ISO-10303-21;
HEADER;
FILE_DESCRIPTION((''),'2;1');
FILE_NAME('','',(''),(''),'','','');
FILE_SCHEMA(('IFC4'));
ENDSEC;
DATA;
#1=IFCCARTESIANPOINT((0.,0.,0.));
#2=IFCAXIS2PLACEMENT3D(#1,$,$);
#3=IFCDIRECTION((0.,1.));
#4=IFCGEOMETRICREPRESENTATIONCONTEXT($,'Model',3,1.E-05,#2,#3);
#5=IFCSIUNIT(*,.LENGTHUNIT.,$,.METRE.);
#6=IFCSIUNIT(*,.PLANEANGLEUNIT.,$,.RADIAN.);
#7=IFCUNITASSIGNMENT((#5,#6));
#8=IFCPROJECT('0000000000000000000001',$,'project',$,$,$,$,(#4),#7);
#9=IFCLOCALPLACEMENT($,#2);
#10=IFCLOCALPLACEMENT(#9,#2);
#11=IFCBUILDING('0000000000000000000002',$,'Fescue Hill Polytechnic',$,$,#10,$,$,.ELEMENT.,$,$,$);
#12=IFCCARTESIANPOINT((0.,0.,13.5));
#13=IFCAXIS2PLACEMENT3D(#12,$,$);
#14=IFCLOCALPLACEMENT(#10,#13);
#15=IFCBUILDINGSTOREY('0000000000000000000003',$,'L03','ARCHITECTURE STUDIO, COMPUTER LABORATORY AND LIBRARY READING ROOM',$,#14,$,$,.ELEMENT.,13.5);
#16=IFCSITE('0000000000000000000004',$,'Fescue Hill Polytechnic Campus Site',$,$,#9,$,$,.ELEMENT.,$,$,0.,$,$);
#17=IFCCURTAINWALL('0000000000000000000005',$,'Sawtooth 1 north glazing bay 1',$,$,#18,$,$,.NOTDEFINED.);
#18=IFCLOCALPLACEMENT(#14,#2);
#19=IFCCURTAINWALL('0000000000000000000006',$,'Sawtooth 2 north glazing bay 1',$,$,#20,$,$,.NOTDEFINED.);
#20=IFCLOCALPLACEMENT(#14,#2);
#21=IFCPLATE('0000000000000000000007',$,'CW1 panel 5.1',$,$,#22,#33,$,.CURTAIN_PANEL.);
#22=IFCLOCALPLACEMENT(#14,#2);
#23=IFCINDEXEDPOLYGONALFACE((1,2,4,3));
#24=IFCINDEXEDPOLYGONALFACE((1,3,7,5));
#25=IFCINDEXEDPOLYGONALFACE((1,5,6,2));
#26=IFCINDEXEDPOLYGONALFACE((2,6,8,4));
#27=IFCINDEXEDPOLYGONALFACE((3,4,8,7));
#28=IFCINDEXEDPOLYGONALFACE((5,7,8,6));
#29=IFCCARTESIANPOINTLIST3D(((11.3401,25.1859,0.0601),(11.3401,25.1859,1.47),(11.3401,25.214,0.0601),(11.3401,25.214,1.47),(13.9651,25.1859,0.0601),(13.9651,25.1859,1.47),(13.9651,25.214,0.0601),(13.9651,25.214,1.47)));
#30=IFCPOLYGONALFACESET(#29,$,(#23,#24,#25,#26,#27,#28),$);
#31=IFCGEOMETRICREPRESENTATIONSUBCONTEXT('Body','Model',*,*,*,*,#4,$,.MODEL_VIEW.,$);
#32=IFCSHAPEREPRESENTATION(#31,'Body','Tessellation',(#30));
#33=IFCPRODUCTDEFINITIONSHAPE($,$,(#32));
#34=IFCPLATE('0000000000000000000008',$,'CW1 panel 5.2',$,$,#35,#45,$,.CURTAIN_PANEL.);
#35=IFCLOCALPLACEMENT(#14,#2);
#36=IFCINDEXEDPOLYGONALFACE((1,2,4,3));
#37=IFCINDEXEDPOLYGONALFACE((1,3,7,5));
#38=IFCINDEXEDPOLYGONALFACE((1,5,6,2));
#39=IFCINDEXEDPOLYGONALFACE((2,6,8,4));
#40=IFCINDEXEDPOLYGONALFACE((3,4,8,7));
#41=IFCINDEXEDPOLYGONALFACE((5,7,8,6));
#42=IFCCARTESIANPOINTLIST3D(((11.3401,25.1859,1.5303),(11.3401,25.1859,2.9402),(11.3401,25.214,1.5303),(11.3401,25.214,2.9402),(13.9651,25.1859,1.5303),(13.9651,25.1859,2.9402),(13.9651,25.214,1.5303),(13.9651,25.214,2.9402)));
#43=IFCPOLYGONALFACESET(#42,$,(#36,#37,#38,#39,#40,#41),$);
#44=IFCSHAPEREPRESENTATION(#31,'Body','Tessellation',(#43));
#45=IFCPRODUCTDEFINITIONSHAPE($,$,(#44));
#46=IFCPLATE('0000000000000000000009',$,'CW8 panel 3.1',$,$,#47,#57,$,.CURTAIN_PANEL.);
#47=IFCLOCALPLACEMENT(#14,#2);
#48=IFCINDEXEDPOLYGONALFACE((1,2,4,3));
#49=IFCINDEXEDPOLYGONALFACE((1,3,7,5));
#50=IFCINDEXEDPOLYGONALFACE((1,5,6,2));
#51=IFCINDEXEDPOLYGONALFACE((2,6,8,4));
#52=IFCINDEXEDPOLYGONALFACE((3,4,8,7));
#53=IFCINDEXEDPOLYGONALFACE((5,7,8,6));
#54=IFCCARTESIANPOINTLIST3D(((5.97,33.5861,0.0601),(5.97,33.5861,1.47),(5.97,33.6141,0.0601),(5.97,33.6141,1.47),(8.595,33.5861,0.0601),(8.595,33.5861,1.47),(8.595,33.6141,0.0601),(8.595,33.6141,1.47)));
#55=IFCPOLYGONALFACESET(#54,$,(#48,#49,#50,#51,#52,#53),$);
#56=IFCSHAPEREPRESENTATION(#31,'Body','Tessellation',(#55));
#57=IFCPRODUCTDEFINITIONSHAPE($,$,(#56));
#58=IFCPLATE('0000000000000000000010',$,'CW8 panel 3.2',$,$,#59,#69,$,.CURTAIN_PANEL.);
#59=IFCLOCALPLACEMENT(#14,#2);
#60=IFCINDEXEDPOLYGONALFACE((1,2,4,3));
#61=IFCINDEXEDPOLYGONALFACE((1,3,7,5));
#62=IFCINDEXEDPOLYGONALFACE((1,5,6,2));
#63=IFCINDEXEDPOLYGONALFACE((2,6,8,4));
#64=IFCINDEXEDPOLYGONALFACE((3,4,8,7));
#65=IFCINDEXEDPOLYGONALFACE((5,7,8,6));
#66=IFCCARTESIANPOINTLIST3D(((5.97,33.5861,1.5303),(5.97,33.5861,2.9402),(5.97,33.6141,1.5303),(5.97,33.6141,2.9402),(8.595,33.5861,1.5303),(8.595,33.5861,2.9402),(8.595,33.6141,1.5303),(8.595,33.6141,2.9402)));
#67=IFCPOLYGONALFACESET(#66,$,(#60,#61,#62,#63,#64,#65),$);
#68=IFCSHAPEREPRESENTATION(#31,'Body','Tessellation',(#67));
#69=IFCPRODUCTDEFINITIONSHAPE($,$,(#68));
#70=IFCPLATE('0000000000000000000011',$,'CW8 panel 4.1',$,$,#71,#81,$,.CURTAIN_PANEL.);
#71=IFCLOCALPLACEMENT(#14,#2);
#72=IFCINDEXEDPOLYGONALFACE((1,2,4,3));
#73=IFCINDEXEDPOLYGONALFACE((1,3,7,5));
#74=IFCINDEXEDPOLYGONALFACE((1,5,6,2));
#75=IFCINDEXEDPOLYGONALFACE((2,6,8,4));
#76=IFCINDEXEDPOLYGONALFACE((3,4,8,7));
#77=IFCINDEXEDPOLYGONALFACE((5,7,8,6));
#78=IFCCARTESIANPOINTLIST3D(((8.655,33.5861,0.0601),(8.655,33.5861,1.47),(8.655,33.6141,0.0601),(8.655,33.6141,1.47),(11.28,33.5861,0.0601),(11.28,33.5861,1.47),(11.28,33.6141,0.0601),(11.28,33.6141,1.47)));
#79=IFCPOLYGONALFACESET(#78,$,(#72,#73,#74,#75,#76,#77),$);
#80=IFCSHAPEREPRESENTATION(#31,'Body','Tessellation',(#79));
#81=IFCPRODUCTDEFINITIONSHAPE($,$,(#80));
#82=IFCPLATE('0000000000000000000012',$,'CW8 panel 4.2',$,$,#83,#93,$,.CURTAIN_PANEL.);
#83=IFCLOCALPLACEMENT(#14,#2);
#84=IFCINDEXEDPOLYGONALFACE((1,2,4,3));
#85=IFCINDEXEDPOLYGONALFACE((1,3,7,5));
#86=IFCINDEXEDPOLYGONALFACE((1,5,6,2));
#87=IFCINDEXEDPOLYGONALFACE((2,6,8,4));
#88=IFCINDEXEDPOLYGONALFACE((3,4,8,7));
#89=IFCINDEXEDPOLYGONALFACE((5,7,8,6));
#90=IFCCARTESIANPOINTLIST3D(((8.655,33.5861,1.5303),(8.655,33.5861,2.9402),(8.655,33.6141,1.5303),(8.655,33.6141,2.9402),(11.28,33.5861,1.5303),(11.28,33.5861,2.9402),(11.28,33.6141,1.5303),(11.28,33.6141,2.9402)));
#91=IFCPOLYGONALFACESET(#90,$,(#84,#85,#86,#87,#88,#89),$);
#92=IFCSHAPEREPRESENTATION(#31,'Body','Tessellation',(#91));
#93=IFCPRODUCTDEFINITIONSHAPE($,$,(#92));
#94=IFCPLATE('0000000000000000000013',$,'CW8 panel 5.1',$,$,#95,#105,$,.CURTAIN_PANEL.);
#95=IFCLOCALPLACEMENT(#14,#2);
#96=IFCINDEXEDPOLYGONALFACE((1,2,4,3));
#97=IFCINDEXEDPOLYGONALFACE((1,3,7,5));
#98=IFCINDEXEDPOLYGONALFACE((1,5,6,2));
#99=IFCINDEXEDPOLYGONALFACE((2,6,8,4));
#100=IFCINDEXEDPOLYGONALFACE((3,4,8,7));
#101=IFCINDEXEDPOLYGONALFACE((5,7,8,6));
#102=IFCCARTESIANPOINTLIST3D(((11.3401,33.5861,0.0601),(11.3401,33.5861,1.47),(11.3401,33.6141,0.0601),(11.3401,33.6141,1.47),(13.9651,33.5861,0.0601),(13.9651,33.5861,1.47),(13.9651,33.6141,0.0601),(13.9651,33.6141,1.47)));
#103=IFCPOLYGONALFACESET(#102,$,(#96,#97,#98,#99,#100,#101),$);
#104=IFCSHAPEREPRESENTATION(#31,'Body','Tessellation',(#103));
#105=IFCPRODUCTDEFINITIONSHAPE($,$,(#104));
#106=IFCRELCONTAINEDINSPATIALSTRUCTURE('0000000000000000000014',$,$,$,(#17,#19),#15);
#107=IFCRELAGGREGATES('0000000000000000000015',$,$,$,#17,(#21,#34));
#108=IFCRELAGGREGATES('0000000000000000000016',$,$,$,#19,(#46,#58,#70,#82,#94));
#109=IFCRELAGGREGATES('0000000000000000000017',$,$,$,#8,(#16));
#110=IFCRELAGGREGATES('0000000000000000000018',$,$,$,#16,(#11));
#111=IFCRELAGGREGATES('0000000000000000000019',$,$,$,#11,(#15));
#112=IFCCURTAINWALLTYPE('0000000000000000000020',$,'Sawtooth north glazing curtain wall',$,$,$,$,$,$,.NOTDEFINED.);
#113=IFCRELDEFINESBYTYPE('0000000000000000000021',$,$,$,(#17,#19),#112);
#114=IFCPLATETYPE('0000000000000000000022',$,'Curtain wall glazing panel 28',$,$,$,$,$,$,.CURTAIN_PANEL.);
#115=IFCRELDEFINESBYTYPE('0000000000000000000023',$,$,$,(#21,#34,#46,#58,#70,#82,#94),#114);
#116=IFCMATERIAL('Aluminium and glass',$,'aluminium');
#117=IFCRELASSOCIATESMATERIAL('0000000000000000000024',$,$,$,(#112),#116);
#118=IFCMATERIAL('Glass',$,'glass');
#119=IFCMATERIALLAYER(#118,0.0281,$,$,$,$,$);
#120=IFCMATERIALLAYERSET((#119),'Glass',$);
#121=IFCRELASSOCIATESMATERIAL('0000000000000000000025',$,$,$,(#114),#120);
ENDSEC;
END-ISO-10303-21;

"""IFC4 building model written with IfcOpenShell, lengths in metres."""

from ifc_helpers import new_model, si_unit, direction, frame, origin, origin_2d, place, context, subcontext, project, spatial, rectangle, extrude, material, layer, layer_set, type_object, element, aggregate, save


model = new_model("IFC4")

# Units and contexts
model_context = context("Model", 3, precision=1e-05, world=origin(), true_north=direction((0.0, 1.0)))
body_context = subcontext(model_context, "Body", "Model", "MODEL_VIEW")
ifc_project = project(units=[si_unit("LENGTHUNIT", "METRE"), si_unit("PLANEANGLEUNIT", "RADIAN")], contexts=[model_context])

# Site, building, storey
site_placement = place(None, origin())
site = spatial("IfcSite", under=ifc_project, at=site_placement, Name="Fescue Hill Polytechnic Campus Site", CompositionType="ELEMENT", RefElevation=0.0)
building_placement = place(site_placement, origin())
building = spatial("IfcBuilding", under=site, at=building_placement, Name="Fescue Hill Polytechnic", CompositionType="ELEMENT")
storey_placement = place(building_placement, frame((0.0, 0.0, 13.5)))
storey = spatial("IfcBuildingStorey", under=building, at=storey_placement, Name="L03", Description="ARCHITECTURE STUDIO, COMPUTER LABORATORY AND LIBRARY READING ROOM", CompositionType="ELEMENT", Elevation=13.5)

# Curtain wall
ifc_material_1 = material(Name="Aluminium and glass", Category="aluminium")
curtain_wall_type = type_object("IfcCurtainWallType", Name="Sawtooth north glazing curtain wall", PredefinedType="NOTDEFINED", material=ifc_material_1)
curtain_wall_1_placement = place(storey_placement, origin())
curtain_wall_1 = element("IfcCurtainWall", 1, at=curtain_wall_1_placement, inside=storey, type_object=curtain_wall_type, Name="Sawtooth 1 north glazing bay 1", PredefinedType="NOTDEFINED")

# Curtain wall
curtain_wall_2_placement = place(storey_placement, origin())
curtain_wall_2 = element("IfcCurtainWall", 2, at=curtain_wall_2_placement, inside=storey, type_object=curtain_wall_type, Name="Sawtooth 2 north glazing bay 1", PredefinedType="NOTDEFINED")

# Plates
ifc_material_2 = material(Name="Glass", Category="glass")
ifc_layer = layer(ifc_material_2, 0.0281)
ifc_layer_set = layer_set([ifc_layer], Name="Glass")
plate_type = type_object("IfcPlateType", Name="Curtain wall glazing panel 28", PredefinedType="CURTAIN_PANEL", material=ifc_layer_set)
plate_1_placement = place(storey_placement, frame((12.6526, 25.2, 0.0601), z_axis=(0.0, 0.0, 1.0), x_axis=(1.0, 0.0, 0.0)))
plate_1 = element("IfcPlate", 3, at=plate_1_placement, type_object=plate_type, Name="CW1 panel 5.1", PredefinedType="CURTAIN_PANEL", context=body_context, shape_type="SweptSolid", body=[
    extrude(rectangle(XDim=2.625, YDim=0.0281, at=origin_2d()), origin(), (0.0, 0.0, 1.0), 1.4099),
])
plate_2_placement = place(storey_placement, frame((12.6526, 25.2, 1.5303), z_axis=(0.0, 0.0, 1.0), x_axis=(1.0, 0.0, 0.0)))
plate_2 = element("IfcPlate", 4, at=plate_2_placement, type_object=plate_type, Name="CW1 panel 5.2", PredefinedType="CURTAIN_PANEL", context=body_context, shape_type="SweptSolid", body=[
    extrude(rectangle(XDim=2.625, YDim=0.0281, at=origin_2d()), origin(), (0.0, 0.0, 1.0), 1.4099),
])
aggregate(curtain_wall_1, [plate_1, plate_2])
plate_3_placement = place(storey_placement, frame((7.2825, 33.6001, 0.0601), z_axis=(0.0, 0.0, 1.0), x_axis=(1.0, 0.0, 0.0)))
plate_3 = element("IfcPlate", 5, at=plate_3_placement, type_object=plate_type, Name="CW8 panel 3.1", PredefinedType="CURTAIN_PANEL", context=body_context, shape_type="SweptSolid", body=[
    extrude(rectangle(XDim=2.625, YDim=0.0281, at=origin_2d()), origin(), (0.0, 0.0, 1.0), 1.4099),
])
plate_4_placement = place(storey_placement, frame((7.2825, 33.6001, 1.5303), z_axis=(0.0, 0.0, 1.0), x_axis=(1.0, 0.0, 0.0)))
plate_4 = element("IfcPlate", 6, at=plate_4_placement, type_object=plate_type, Name="CW8 panel 3.2", PredefinedType="CURTAIN_PANEL", context=body_context, shape_type="SweptSolid", body=[
    extrude(rectangle(XDim=2.625, YDim=0.0281, at=origin_2d()), origin(), (0.0, 0.0, 1.0), 1.4099),
])
plate_5_placement = place(storey_placement, frame((9.9675, 33.6001, 0.0601), z_axis=(0.0, 0.0, 1.0), x_axis=(1.0, 0.0, 0.0)))
plate_5 = element("IfcPlate", 7, at=plate_5_placement, type_object=plate_type, Name="CW8 panel 4.1", PredefinedType="CURTAIN_PANEL", context=body_context, shape_type="SweptSolid", body=[
    extrude(rectangle(XDim=2.625, YDim=0.0281, at=origin_2d()), origin(), (0.0, 0.0, 1.0), 1.4099),
])
plate_6_placement = place(storey_placement, frame((9.9675, 33.6001, 1.5303), z_axis=(0.0, 0.0, 1.0), x_axis=(1.0, 0.0, 0.0)))
plate_6 = element("IfcPlate", 8, at=plate_6_placement, type_object=plate_type, Name="CW8 panel 4.2", PredefinedType="CURTAIN_PANEL", context=body_context, shape_type="SweptSolid", body=[
    extrude(rectangle(XDim=2.625, YDim=0.0281, at=origin_2d()), origin(), (0.0, 0.0, 1.0), 1.4099),
])
plate_7_placement = place(storey_placement, frame((12.6526, 33.6001, 0.0601), z_axis=(0.0, 0.0, 1.0), x_axis=(1.0, 0.0, 0.0)))
plate_7 = element("IfcPlate", 9, at=plate_7_placement, type_object=plate_type, Name="CW8 panel 5.1", PredefinedType="CURTAIN_PANEL", context=body_context, shape_type="SweptSolid", body=[
    extrude(rectangle(XDim=2.625, YDim=0.0281, at=origin_2d()), origin(), (0.0, 0.0, 1.0), 1.4099),
])
aggregate(curtain_wall_2, [plate_3, plate_4, plate_5, plate_6, plate_7])

save(model, "model.ifc")
